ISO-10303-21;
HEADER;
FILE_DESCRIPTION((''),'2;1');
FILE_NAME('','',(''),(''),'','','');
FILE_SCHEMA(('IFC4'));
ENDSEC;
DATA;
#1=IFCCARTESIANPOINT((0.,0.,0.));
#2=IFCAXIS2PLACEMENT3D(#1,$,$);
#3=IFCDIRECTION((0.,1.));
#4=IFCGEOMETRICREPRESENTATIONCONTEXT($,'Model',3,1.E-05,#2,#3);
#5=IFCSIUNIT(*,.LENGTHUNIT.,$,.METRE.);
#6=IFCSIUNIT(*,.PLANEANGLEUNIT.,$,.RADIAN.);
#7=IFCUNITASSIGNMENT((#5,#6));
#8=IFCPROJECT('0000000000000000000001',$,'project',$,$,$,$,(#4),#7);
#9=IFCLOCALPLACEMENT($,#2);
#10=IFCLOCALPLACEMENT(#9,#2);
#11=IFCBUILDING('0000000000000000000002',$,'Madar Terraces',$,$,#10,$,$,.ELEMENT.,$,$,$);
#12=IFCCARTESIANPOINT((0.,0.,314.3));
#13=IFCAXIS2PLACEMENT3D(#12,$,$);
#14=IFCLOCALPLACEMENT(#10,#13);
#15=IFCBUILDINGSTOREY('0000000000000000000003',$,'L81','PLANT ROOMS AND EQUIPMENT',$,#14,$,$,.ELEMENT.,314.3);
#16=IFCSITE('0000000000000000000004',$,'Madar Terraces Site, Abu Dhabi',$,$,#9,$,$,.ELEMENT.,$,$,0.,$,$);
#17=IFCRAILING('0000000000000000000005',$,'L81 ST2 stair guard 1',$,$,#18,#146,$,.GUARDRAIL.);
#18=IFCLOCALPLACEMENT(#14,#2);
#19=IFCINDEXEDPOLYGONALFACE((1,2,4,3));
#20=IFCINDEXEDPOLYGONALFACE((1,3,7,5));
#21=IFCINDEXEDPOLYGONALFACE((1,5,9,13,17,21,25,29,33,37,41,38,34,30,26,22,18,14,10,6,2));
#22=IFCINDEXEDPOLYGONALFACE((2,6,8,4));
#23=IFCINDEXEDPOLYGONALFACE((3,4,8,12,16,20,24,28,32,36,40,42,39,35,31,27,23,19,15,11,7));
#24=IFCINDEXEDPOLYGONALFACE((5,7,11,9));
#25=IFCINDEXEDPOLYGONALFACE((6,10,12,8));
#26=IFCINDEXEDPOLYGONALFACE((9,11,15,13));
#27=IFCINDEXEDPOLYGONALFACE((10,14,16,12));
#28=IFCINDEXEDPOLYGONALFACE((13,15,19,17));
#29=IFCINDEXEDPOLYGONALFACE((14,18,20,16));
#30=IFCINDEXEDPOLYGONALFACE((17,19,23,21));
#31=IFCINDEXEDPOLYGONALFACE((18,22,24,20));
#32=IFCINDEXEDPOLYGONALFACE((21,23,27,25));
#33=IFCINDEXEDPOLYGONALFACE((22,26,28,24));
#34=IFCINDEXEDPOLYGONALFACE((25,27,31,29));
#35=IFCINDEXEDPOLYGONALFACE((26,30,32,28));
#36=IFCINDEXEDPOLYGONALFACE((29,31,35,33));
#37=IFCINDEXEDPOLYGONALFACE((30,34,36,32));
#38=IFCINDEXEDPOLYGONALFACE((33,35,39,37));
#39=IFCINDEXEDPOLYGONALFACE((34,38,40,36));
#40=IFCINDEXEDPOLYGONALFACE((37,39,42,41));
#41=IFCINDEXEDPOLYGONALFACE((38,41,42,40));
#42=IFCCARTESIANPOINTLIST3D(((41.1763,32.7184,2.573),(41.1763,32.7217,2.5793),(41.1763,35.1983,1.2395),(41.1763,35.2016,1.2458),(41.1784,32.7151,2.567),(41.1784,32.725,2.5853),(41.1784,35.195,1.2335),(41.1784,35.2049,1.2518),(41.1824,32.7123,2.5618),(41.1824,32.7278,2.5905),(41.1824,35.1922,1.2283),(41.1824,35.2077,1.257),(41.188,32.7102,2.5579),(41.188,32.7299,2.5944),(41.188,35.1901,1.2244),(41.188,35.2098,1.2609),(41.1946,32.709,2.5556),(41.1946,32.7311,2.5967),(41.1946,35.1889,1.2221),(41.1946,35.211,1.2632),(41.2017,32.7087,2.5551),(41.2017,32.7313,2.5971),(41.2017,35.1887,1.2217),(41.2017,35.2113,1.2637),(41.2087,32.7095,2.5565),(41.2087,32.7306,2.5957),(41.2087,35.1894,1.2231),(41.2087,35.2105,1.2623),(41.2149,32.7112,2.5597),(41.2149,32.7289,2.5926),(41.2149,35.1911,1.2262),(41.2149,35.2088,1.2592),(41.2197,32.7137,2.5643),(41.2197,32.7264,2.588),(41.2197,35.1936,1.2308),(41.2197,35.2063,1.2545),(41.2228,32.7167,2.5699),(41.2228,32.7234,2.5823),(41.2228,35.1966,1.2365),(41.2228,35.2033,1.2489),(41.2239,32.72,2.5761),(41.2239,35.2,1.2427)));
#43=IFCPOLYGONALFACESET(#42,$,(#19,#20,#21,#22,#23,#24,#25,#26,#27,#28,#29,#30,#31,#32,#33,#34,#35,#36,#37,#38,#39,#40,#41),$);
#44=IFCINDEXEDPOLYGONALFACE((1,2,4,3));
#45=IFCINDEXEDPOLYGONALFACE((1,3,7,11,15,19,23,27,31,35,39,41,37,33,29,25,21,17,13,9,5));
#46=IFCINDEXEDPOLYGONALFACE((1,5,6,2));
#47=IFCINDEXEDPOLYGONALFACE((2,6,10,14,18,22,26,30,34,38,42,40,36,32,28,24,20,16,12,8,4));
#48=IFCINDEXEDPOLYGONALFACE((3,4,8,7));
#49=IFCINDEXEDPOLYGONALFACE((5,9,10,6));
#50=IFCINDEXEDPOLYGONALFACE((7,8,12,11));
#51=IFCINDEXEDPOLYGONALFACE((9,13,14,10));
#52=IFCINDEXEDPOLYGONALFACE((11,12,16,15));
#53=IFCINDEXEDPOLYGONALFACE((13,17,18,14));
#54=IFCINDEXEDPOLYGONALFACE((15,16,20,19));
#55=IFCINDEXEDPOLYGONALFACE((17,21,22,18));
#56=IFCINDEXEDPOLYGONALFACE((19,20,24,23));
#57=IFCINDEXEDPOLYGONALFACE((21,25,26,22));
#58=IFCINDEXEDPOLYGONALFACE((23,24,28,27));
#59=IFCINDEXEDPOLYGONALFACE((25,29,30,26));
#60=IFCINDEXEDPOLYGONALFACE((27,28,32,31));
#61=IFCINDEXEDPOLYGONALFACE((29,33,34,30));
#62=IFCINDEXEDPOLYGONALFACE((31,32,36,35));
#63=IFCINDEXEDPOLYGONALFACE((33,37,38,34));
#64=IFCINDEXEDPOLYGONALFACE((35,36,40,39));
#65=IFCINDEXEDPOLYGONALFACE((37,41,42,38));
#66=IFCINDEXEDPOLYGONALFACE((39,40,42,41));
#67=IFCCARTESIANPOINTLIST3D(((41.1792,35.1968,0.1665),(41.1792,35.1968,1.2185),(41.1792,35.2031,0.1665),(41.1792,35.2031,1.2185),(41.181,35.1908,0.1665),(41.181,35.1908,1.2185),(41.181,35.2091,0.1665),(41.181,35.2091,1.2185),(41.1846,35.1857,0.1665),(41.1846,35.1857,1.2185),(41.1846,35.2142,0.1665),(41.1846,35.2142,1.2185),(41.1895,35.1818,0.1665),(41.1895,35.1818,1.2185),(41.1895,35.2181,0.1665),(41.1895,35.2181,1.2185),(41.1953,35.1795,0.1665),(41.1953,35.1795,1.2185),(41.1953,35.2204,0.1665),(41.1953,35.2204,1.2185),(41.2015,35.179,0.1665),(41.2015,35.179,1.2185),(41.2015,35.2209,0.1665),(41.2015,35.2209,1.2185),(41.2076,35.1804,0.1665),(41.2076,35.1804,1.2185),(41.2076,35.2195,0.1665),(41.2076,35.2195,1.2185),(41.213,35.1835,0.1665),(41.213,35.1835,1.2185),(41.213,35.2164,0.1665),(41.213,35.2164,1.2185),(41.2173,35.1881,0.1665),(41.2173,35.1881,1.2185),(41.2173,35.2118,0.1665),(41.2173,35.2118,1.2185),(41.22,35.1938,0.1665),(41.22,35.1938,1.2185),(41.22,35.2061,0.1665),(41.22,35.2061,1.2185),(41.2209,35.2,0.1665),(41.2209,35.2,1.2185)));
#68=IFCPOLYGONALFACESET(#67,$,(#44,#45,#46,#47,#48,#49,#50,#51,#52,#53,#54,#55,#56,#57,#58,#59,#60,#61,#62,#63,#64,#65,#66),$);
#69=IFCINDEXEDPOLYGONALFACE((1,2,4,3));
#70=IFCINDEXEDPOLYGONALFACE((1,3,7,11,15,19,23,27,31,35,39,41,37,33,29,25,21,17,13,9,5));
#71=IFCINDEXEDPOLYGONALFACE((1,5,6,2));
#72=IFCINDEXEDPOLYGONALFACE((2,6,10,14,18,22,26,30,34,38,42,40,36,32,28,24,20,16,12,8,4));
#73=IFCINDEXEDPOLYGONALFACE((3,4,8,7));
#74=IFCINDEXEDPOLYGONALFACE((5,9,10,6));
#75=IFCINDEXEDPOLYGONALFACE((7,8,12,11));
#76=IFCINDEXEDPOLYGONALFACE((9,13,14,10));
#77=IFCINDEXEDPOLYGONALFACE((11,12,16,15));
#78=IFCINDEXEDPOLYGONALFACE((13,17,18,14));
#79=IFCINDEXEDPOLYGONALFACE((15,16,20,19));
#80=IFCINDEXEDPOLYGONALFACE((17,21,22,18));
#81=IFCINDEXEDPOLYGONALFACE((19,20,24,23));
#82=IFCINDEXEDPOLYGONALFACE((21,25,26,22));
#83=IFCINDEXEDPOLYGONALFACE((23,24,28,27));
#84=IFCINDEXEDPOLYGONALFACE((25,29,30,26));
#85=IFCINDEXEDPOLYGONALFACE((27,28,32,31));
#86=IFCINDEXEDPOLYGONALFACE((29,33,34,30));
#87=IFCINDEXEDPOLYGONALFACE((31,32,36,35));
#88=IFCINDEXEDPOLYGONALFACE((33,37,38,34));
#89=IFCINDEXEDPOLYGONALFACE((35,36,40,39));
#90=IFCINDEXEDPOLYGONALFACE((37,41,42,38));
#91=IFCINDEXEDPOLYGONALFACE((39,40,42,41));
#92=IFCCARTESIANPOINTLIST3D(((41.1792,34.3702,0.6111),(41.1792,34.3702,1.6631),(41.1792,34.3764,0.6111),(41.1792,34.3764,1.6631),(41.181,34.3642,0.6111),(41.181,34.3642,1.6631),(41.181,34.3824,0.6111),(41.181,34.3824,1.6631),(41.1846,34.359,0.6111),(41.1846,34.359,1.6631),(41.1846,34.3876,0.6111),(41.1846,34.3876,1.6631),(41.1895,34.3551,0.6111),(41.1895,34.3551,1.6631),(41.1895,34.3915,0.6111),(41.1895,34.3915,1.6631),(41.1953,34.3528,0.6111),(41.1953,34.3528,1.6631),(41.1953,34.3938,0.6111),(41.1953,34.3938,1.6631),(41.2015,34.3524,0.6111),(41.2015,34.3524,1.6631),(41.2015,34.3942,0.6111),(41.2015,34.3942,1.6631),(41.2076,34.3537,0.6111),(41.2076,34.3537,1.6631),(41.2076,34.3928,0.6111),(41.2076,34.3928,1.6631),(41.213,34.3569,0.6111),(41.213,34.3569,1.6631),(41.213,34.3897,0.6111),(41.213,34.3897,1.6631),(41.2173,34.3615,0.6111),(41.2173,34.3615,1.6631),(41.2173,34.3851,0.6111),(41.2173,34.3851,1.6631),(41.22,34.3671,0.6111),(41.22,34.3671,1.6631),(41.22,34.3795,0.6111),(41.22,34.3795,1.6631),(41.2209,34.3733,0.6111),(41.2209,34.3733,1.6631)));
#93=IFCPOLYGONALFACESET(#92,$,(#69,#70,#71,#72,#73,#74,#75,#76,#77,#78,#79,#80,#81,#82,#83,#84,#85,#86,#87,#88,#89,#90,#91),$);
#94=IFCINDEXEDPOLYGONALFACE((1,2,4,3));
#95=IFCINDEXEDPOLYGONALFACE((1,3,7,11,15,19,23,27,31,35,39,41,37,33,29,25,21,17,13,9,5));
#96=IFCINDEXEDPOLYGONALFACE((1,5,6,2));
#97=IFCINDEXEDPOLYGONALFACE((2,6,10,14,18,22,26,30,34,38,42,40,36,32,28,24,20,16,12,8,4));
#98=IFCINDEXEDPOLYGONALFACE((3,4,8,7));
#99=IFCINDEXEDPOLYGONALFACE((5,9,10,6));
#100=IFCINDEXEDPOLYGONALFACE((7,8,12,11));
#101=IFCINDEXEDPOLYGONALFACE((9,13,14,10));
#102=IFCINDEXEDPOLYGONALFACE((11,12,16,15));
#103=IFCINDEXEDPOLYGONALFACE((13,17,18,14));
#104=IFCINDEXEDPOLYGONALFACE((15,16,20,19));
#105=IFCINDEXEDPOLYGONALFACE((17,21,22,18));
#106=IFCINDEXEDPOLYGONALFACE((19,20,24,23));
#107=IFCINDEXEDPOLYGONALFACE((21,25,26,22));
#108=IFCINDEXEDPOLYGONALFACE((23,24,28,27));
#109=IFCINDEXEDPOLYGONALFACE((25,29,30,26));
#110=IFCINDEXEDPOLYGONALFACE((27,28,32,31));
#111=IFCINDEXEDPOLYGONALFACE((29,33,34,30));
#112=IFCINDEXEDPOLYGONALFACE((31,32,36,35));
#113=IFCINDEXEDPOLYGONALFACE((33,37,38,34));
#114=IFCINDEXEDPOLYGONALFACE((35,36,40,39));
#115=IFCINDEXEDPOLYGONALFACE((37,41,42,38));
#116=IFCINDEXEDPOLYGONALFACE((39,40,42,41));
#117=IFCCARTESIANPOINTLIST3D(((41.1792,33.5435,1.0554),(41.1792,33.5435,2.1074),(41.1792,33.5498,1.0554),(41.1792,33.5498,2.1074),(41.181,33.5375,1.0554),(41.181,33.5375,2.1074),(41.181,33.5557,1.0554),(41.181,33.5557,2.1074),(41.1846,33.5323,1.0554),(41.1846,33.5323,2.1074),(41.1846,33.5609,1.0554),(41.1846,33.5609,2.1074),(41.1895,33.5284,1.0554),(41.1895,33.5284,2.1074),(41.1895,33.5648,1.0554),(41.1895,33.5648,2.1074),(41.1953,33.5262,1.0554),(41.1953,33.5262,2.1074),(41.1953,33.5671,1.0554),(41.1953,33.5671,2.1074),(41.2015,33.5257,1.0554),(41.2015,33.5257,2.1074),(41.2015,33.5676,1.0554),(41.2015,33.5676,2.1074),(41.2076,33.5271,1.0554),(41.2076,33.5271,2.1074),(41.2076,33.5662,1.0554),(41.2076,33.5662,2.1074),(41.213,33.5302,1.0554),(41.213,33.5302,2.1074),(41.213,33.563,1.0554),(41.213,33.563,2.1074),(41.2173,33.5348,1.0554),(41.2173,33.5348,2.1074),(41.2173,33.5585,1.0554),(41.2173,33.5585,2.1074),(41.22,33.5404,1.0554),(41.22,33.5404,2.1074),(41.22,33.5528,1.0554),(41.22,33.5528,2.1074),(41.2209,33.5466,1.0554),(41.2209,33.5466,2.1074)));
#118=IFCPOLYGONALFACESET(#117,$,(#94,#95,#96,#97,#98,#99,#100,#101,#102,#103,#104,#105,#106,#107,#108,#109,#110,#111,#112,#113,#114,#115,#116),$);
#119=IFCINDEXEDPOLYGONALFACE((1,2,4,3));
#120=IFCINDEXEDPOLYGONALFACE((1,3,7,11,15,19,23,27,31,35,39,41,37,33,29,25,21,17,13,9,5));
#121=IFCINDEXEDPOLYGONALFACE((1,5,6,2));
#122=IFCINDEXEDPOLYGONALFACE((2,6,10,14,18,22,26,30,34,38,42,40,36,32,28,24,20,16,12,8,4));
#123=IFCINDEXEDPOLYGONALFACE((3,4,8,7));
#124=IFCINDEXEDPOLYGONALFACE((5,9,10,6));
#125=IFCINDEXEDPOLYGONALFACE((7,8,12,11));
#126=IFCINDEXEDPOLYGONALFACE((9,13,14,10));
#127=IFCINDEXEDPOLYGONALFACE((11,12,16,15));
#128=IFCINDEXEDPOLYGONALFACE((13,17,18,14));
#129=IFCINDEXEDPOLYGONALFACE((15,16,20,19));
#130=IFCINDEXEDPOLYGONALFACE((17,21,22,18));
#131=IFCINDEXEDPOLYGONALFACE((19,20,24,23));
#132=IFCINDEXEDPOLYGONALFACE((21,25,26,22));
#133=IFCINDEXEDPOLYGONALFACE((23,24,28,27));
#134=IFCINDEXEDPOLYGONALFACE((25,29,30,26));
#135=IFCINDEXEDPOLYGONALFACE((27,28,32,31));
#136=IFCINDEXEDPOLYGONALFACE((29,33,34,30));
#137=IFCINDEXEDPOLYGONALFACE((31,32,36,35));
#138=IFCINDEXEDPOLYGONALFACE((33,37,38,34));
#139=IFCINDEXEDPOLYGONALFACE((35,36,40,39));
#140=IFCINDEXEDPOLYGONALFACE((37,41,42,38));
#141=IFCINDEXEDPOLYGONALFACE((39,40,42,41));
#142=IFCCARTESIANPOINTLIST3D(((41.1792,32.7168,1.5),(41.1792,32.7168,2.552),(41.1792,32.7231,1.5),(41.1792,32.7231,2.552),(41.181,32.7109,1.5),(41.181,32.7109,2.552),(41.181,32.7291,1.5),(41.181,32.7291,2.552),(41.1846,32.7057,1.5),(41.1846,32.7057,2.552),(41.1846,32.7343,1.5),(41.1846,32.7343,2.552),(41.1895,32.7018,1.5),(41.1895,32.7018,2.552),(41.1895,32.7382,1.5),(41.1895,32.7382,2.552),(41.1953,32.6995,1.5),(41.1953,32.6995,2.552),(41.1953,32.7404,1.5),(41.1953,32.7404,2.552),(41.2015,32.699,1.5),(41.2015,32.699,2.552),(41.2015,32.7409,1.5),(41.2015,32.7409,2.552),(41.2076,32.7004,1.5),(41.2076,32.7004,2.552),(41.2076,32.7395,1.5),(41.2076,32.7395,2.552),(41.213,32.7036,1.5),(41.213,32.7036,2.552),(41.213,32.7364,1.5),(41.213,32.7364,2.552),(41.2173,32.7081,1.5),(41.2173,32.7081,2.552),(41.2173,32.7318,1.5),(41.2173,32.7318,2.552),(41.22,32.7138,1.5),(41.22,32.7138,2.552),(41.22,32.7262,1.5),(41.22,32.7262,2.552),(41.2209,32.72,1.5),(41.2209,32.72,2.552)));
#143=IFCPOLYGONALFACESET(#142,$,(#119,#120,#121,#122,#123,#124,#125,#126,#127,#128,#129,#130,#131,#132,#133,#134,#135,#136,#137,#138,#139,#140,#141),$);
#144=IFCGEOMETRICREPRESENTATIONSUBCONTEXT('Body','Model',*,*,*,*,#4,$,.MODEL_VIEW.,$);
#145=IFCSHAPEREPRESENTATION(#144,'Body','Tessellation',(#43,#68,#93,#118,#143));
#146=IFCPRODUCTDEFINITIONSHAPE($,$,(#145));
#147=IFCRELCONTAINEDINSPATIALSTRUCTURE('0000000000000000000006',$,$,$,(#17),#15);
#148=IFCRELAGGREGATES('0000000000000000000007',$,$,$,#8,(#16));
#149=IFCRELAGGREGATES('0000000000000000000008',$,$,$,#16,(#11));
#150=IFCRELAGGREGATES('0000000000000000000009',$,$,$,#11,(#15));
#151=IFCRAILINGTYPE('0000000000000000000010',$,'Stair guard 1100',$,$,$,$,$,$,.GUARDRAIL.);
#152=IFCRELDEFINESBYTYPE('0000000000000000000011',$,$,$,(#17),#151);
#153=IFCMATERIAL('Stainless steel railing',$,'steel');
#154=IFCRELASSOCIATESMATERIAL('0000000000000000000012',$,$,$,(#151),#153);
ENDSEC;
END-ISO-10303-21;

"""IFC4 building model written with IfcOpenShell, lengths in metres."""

from ifc_helpers import new_model, si_unit, direction, frame, origin, origin_2d, place, context, subcontext, project, spatial, circle, extrude, material, type_object, element, save


model = new_model("IFC4")

# Units and contexts
model_context = context("Model", 3, precision=1e-05, world=origin(), true_north=direction((0.0, 1.0)))
body_context = subcontext(model_context, "Body", "Model", "MODEL_VIEW")
ifc_project = project(units=[si_unit("LENGTHUNIT", "METRE"), si_unit("PLANEANGLEUNIT", "RADIAN")], contexts=[model_context])

# Site, building, storey
site_placement = place(None, origin())
site = spatial("IfcSite", under=ifc_project, at=site_placement, Name="Madar Terraces Site, Abu Dhabi", CompositionType="ELEMENT", RefElevation=0.0)
building_placement = place(site_placement, origin())
building = spatial("IfcBuilding", under=site, at=building_placement, Name="Madar Terraces", CompositionType="ELEMENT")
storey_placement = place(building_placement, frame((0.0, 0.0, 314.3)))
storey = spatial("IfcBuildingStorey", under=building, at=storey_placement, Name="L81", Description="PLANT ROOMS AND EQUIPMENT", CompositionType="ELEMENT", Elevation=314.3)

# Railing
ifc_material_1 = material(Name="Stainless steel railing", Category="steel")
railing_type_1 = type_object("IfcRailingType", Name="Stair guard 1100", PredefinedType="GUARDRAIL", material=ifc_material_1)
railing_1_placement = place(storey_placement, frame((41.2, 35.2, 0.1665)))
element("IfcRailing", 1, at=railing_1_placement, inside=storey, type_object=railing_type_1, Name="L81 ST2 stair guard 1", PredefinedType="GUARDRAIL", context=body_context, shape_type="SweptSolid", body=[
    extrude(circle(Radius=0.0239, at=origin_2d()), frame((0.0, 0.0, 1.0762), z_axis=(0.0, -0.880749, 0.473583), x_axis=(1.0, 0.0, 0.0)), (0.0, 0.0, 1.0), 2.8157),
    extrude(circle(Radius=0.021, at=origin_2d()), origin(), (0.0, 0.0, 1.0), 1.052),
    extrude(circle(Radius=0.021, at=origin_2d()), frame((0.0, -0.8267, 0.4446)), (0.0, 0.0, 1.0), 1.052),
    extrude(circle(Radius=0.021, at=origin_2d()), frame((0.0, -1.6533, 0.8889)), (0.0, 0.0, 1.0), 1.052),
    extrude(circle(Radius=0.021, at=origin_2d()), frame((0.0, -2.48, 1.3335)), (0.0, 0.0, 1.0), 1.052),
])

save(model, "model.ifc")
